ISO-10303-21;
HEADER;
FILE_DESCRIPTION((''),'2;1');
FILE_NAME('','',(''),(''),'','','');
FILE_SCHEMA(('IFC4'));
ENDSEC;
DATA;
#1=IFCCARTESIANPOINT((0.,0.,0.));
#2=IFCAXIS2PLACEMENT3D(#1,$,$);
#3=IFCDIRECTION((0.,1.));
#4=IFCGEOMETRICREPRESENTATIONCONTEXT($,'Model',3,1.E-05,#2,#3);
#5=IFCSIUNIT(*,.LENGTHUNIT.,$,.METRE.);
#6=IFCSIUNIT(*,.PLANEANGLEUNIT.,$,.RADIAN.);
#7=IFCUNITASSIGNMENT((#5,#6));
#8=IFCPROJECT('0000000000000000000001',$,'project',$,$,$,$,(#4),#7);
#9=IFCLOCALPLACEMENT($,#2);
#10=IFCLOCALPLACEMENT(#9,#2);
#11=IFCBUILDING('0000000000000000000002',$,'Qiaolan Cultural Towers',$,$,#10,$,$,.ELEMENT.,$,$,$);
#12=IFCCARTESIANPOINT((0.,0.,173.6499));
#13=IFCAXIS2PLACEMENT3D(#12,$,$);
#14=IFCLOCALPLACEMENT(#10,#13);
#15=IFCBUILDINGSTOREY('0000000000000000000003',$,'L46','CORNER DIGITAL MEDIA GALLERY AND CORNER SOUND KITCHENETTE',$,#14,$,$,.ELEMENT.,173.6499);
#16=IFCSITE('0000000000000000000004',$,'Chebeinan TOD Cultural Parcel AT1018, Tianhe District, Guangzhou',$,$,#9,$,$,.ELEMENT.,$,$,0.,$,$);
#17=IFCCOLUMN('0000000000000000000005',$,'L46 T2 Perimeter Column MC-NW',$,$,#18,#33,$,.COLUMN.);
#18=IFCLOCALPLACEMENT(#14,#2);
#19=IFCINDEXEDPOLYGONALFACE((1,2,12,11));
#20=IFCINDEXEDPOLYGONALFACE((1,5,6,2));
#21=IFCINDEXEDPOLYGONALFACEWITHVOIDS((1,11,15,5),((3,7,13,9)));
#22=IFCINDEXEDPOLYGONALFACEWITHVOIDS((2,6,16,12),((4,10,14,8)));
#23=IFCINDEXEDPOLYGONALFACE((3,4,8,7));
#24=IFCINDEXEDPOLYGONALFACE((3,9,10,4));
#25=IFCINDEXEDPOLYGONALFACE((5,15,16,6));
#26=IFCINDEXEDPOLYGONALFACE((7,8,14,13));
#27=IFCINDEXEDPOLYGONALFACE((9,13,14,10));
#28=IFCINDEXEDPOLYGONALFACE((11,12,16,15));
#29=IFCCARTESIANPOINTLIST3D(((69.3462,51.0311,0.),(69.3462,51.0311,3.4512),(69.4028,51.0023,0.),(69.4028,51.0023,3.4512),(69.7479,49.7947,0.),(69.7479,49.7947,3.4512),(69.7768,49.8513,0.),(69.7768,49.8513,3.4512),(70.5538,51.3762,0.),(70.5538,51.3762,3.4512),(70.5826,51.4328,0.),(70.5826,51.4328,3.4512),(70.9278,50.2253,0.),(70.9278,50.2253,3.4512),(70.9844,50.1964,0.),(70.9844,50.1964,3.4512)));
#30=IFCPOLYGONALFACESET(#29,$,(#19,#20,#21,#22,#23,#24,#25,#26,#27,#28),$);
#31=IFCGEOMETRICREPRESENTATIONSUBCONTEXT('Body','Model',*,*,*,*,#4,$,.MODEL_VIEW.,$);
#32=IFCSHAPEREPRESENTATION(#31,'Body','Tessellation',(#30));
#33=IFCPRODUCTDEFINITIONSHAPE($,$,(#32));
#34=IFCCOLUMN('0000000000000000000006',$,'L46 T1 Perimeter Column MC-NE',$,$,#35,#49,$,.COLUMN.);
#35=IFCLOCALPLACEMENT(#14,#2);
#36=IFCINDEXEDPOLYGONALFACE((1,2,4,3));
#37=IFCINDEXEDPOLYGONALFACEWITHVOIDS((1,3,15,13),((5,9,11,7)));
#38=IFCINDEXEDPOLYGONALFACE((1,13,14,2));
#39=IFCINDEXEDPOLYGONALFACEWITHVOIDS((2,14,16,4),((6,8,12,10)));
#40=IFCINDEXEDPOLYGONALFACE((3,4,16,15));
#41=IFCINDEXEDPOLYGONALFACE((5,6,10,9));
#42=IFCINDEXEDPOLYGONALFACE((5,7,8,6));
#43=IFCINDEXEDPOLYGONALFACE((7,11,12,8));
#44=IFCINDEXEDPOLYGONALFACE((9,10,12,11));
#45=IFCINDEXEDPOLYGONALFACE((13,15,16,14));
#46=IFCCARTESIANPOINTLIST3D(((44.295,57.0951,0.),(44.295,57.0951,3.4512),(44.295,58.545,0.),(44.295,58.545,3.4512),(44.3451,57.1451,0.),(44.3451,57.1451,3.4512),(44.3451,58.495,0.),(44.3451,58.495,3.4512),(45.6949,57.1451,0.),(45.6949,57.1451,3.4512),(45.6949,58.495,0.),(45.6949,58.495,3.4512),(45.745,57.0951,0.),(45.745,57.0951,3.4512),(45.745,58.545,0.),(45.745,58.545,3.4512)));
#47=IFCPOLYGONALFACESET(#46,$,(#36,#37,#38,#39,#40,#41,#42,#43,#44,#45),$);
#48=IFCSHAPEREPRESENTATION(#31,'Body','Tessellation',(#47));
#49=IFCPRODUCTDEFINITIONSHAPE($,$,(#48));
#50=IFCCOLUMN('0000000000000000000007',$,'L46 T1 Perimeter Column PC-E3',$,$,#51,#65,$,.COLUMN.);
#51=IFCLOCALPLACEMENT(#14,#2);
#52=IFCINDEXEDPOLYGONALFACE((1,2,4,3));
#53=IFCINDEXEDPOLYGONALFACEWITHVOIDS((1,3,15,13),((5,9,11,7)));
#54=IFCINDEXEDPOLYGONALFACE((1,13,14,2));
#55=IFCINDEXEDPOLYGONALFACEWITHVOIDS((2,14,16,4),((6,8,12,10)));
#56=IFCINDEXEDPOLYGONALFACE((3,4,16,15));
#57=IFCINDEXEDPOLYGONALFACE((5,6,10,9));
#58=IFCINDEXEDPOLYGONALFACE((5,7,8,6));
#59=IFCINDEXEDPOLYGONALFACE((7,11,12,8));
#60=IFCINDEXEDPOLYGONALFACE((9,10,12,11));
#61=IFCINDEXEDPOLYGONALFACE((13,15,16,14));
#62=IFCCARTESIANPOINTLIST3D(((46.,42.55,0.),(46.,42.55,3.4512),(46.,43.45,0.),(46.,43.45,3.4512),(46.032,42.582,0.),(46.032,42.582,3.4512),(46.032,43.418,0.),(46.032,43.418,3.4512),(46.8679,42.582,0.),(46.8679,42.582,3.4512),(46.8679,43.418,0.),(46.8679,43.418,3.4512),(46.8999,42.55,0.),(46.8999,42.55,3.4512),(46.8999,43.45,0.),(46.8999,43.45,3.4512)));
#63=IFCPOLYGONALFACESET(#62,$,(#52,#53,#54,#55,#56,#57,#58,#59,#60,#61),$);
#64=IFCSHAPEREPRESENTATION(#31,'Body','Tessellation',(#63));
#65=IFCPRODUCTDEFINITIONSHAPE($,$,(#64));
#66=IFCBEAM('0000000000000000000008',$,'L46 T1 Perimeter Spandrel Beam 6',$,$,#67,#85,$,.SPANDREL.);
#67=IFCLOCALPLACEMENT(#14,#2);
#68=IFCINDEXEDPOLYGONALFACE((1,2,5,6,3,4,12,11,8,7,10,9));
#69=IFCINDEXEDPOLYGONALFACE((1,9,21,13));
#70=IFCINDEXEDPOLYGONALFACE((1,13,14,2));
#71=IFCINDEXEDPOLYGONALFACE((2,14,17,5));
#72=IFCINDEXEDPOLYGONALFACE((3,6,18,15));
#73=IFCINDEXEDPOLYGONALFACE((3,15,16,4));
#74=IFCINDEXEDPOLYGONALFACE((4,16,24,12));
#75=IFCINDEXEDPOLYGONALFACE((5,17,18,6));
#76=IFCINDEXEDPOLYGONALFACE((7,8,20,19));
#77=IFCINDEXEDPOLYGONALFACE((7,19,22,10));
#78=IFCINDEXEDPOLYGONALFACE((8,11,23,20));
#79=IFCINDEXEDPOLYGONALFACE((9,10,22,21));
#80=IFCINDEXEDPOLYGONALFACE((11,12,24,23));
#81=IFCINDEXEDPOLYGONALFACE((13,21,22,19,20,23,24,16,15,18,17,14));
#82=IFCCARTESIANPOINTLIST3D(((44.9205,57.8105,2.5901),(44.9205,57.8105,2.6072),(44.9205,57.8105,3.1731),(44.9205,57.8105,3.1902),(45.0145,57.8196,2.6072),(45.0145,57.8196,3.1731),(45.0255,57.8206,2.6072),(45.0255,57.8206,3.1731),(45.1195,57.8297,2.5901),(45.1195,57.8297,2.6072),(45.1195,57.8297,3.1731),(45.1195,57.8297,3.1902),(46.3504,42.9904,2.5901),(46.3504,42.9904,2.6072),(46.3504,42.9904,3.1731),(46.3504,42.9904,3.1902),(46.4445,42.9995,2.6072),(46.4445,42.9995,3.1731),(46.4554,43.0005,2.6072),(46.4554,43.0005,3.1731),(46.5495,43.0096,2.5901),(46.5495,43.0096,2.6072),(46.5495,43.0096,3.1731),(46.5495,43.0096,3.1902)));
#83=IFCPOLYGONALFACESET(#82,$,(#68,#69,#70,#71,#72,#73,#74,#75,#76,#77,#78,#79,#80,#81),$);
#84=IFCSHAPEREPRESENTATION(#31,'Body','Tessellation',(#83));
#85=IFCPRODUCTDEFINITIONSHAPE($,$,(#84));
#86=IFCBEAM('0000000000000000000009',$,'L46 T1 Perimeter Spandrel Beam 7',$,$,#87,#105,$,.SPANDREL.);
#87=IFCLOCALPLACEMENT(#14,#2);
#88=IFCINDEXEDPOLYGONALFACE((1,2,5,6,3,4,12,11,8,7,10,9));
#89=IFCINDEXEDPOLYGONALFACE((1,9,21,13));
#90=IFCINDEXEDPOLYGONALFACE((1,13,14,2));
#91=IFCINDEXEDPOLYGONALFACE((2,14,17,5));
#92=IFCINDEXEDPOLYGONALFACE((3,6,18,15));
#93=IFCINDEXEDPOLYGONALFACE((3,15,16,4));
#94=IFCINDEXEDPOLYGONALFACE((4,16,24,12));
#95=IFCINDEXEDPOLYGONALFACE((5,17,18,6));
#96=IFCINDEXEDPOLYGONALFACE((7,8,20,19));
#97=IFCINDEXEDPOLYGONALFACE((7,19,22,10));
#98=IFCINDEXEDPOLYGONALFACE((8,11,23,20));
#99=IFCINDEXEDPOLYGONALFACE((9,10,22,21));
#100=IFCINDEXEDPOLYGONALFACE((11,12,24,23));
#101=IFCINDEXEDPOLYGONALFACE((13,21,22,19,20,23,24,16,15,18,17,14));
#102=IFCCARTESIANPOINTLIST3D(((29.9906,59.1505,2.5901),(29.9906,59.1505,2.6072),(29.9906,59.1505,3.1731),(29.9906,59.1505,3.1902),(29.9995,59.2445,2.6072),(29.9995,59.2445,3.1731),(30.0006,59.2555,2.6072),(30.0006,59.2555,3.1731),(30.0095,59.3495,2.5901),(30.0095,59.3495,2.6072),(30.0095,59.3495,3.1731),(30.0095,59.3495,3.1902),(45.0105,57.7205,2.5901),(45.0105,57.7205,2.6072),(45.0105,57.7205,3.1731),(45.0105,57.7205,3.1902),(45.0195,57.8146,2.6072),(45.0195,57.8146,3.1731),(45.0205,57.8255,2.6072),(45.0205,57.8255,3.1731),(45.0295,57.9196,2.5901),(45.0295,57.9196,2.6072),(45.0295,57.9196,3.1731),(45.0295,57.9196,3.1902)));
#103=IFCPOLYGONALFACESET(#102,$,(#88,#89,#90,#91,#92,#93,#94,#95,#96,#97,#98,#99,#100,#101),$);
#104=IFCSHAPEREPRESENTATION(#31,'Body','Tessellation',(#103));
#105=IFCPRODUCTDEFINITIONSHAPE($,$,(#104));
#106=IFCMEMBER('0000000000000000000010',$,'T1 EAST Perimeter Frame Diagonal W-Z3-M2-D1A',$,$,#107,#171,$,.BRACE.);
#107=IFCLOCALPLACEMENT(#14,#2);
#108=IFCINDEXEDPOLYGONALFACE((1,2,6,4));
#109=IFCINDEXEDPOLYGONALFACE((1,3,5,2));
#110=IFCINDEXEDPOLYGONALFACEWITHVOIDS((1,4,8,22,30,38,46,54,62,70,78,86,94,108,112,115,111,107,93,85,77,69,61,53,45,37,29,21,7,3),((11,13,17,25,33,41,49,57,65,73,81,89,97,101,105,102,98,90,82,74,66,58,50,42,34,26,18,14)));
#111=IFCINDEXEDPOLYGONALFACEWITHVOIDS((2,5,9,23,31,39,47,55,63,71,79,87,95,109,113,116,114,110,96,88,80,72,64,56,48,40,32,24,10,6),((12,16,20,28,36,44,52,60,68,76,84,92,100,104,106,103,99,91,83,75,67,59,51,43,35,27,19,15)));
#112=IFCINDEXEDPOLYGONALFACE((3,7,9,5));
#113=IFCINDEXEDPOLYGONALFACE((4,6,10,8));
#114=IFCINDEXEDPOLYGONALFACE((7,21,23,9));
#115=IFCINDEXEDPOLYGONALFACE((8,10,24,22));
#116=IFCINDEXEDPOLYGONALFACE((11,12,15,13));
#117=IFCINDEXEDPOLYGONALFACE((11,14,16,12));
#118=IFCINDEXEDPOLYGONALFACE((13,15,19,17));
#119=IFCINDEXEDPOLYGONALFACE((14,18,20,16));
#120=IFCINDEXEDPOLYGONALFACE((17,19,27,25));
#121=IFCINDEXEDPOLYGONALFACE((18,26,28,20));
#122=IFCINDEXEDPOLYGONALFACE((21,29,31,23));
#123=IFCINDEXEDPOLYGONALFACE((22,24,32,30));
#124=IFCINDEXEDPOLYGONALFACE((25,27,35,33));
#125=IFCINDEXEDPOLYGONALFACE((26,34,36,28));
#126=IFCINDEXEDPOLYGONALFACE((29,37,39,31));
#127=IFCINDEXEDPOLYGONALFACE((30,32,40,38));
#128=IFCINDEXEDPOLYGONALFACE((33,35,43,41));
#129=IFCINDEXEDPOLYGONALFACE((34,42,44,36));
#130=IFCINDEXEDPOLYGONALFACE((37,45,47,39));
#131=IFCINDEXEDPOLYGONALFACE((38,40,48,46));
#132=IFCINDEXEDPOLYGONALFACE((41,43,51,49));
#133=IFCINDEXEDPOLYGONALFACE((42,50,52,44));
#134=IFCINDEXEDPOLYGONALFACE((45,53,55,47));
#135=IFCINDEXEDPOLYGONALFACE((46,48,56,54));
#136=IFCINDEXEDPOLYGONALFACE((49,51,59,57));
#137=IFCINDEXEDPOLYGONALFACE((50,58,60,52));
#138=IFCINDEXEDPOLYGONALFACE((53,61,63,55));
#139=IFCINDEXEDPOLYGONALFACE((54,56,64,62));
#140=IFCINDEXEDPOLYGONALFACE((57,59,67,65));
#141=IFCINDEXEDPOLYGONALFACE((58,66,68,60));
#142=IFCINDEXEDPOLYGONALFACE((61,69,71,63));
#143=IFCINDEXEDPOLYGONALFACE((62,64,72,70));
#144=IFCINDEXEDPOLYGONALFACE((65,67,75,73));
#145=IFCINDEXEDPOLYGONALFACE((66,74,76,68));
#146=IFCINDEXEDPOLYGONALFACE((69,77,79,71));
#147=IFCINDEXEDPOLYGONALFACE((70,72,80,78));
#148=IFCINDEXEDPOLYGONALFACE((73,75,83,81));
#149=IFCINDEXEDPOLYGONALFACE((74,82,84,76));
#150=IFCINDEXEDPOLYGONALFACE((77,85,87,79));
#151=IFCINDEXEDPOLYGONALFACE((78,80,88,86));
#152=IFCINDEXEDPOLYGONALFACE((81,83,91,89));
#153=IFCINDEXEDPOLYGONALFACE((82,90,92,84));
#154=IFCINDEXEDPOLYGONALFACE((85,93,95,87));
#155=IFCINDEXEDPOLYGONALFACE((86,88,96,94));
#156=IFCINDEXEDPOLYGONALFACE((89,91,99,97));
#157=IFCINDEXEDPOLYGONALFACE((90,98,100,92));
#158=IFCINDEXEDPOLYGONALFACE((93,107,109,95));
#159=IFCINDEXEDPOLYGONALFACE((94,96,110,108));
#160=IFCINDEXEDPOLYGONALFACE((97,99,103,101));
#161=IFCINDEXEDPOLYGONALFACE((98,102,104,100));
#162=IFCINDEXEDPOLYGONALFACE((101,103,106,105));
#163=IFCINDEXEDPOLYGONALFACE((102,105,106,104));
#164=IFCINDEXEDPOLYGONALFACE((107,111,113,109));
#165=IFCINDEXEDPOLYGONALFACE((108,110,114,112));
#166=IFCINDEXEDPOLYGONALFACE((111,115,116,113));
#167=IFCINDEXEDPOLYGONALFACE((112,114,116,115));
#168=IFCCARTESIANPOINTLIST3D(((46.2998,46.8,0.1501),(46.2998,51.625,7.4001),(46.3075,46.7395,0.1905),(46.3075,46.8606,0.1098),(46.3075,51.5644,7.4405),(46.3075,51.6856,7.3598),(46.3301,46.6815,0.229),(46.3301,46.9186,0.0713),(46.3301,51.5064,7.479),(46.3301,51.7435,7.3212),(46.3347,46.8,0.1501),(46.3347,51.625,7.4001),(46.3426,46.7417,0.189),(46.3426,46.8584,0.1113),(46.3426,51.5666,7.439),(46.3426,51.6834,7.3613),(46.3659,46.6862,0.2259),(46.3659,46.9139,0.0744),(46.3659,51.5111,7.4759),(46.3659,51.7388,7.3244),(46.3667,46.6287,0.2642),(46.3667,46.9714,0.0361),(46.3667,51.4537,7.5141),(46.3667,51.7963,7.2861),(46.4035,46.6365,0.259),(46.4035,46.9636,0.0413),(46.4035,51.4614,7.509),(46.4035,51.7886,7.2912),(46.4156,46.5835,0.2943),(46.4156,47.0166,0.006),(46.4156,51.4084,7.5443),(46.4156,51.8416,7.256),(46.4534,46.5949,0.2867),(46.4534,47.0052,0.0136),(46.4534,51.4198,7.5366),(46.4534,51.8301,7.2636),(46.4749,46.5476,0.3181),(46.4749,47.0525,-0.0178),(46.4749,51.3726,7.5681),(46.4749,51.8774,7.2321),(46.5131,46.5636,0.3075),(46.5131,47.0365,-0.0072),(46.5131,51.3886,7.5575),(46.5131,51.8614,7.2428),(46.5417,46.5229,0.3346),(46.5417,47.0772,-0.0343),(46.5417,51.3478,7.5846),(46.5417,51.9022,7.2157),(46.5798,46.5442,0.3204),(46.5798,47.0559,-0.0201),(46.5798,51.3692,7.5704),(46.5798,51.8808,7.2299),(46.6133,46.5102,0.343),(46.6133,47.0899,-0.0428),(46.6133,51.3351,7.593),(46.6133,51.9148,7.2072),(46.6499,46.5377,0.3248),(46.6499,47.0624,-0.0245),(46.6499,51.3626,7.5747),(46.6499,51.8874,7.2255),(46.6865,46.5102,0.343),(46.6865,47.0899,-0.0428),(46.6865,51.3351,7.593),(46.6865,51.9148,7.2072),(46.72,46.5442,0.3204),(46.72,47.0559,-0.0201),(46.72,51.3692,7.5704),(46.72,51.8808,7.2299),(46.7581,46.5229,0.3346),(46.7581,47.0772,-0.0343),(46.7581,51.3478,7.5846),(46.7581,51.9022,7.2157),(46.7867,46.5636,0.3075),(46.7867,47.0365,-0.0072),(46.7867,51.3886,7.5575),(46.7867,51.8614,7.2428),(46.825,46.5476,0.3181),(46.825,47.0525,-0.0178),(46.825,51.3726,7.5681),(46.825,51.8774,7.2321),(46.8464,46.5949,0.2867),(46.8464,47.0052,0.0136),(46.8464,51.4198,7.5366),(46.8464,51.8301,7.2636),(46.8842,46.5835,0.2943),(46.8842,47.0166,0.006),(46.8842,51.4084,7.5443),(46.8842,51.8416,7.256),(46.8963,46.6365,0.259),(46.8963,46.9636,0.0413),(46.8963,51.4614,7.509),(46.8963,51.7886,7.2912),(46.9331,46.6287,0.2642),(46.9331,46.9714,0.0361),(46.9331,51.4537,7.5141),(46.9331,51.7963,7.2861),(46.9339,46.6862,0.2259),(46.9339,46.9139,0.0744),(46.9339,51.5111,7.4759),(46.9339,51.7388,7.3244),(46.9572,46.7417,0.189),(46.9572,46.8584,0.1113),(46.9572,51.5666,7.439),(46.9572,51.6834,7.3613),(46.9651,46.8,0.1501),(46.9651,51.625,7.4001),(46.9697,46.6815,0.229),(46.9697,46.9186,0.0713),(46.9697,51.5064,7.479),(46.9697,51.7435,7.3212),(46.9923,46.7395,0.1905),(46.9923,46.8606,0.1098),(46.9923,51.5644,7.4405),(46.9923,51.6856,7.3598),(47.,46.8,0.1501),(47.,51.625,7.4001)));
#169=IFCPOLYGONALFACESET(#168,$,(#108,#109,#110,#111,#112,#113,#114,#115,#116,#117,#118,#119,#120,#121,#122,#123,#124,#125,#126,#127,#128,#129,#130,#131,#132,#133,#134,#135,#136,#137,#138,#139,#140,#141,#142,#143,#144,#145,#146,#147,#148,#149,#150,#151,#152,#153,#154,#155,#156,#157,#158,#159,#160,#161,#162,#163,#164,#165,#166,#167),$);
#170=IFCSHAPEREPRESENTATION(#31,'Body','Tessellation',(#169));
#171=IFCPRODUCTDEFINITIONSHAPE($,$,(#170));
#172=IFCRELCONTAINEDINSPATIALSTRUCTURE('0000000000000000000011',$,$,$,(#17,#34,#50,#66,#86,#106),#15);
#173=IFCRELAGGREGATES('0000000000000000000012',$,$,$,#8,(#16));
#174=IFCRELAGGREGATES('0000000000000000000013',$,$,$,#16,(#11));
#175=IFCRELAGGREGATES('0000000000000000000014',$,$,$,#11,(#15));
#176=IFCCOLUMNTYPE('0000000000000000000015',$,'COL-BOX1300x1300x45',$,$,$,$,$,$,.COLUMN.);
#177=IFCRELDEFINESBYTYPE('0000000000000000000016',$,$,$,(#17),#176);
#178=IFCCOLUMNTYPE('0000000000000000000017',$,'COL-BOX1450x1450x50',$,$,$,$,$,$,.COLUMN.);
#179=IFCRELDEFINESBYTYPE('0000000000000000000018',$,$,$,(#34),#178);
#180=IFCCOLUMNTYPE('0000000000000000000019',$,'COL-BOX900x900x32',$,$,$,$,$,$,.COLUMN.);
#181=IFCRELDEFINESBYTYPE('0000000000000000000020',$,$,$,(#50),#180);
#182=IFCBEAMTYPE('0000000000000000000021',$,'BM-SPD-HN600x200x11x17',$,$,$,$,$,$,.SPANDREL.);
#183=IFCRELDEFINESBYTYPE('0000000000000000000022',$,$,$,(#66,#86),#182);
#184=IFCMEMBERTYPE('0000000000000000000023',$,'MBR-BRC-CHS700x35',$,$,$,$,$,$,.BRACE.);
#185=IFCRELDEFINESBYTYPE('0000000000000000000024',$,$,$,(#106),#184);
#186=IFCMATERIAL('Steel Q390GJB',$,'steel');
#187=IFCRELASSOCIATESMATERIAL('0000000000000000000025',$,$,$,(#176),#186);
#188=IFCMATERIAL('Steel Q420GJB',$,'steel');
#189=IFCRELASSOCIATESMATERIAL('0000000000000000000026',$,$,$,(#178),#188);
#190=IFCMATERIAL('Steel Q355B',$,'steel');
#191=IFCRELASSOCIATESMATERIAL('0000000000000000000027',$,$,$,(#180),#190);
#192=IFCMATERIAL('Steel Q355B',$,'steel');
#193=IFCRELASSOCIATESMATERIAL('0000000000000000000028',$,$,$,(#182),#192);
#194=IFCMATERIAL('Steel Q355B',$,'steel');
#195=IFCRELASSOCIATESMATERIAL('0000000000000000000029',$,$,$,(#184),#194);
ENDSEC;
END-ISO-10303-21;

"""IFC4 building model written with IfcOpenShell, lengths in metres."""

from ifc_helpers import new_model, si_unit, direction, frame, origin, origin_2d, place, context, subcontext, project, spatial, hollow_rectangle, hollow_circle, i_section, extrude, material, material_profile, profile_set, type_object, element, save


model = new_model("IFC4")

# Units and contexts
model_context = context("Model", 3, precision=1e-05, world=origin(), true_north=direction((0.0, 1.0)))
body_context = subcontext(model_context, "Body", "Model", "MODEL_VIEW")
ifc_project = project(units=[si_unit("LENGTHUNIT", "METRE"), si_unit("PLANEANGLEUNIT", "RADIAN")], contexts=[model_context])

# Site, building, storey
site_placement = place(None, origin())
site = spatial("IfcSite", under=ifc_project, at=site_placement, Name="Chebeinan TOD Cultural Parcel AT1018, Tianhe District, Guangzhou", CompositionType="ELEMENT", RefElevation=0.0)
building_placement = place(site_placement, origin())
building = spatial("IfcBuilding", under=site, at=building_placement, Name="Qiaolan Cultural Towers", CompositionType="ELEMENT")
storey_placement = place(building_placement, frame((0.0, 0.0, 173.6499)))
storey = spatial("IfcBuildingStorey", under=building, at=storey_placement, Name="L46", Description="CORNER DIGITAL MEDIA GALLERY AND CORNER SOUND KITCHENETTE", CompositionType="ELEMENT", Elevation=173.6499)

# Columns
ifc_material_1 = material(Name="Steel Q390GJB", Category="steel")
ifc_material_profile_1 = material_profile(ifc_material_1, hollow_rectangle(XDim=1.3, YDim=1.3, WallThickness=0.0449, at=origin_2d()), Name="BOX1300x1300x45")
ifc_profile_set_1 = profile_set([ifc_material_profile_1], Name="Steel Q390GJB")
column_type_1 = type_object("IfcColumnType", Name="COL-BOX1300x1300x45", PredefinedType="COLUMN", material=ifc_profile_set_1)
column_1_placement = place(storey_placement, frame((70.1653, 50.6138, 0.0), z_axis=(0.0, 0.0, 1.0), x_axis=(0.951057, 0.309017, 0.0)))
element("IfcColumn", 1, at=column_1_placement, inside=storey, type_object=column_type_1, Name="L46 T2 Perimeter Column MC-NW", PredefinedType="COLUMN", context=body_context, shape_type="SweptSolid", body=[
    extrude(hollow_rectangle(XDim=1.3, YDim=1.3, WallThickness=0.0449, at=origin_2d()), origin(), (0.0, 0.0, 1.0), 3.4512),
])
ifc_material_2 = material(Name="Steel Q420GJB", Category="steel")
ifc_material_profile_2 = material_profile(ifc_material_2, hollow_rectangle(XDim=1.45, YDim=1.45, WallThickness=0.05, at=origin_2d()), Name="BOX1450x1450x50")
ifc_profile_set_2 = profile_set([ifc_material_profile_2], Name="Steel Q420GJB")
column_type_2 = type_object("IfcColumnType", Name="COL-BOX1450x1450x50", PredefinedType="COLUMN", material=ifc_profile_set_2)
column_2_placement = place(storey_placement, frame((45.02, 57.8201, 0.0), z_axis=(0.0, 0.0, 1.0), x_axis=(1.0, 0.0, 0.0)))
element("IfcColumn", 2, at=column_2_placement, inside=storey, type_object=column_type_2, Name="L46 T1 Perimeter Column MC-NE", PredefinedType="COLUMN", context=body_context, shape_type="SweptSolid", body=[
    extrude(hollow_rectangle(XDim=1.45, YDim=1.45, WallThickness=0.05, at=origin_2d()), origin(), (0.0, 0.0, 1.0), 3.4512),
])
ifc_material_3 = material(Name="Steel Q355B", Category="steel")
ifc_material_profile_3 = material_profile(ifc_material_3, hollow_rectangle(XDim=0.8999, YDim=0.8999, WallThickness=0.032, at=origin_2d()), Name="BOX900x900x32")
ifc_profile_set_3 = profile_set([ifc_material_profile_3], Name="Steel Q355B")
column_type_3 = type_object("IfcColumnType", Name="COL-BOX900x900x32", PredefinedType="COLUMN", material=ifc_profile_set_3)
column_3_placement = place(storey_placement, frame((46.45, 43.0, 0.0), z_axis=(0.0, 0.0, 1.0), x_axis=(1.0, 0.0, 0.0)))
element("IfcColumn", 3, at=column_3_placement, inside=storey, type_object=column_type_3, Name="L46 T1 Perimeter Column PC-E3", PredefinedType="COLUMN", context=body_context, shape_type="SweptSolid", body=[
    extrude(hollow_rectangle(XDim=0.8999, YDim=0.8999, WallThickness=0.032, at=origin_2d()), origin(), (0.0, 0.0, 1.0), 3.4512),
])

# Beams
ifc_material_4 = material(Name="Steel Q355B", Category="steel")
ifc_material_profile_4 = material_profile(ifc_material_4, i_section(OverallWidth=0.2, OverallDepth=0.6001, WebThickness=0.011, FlangeThickness=0.0171, at=origin_2d()), Name="HN600x200x11x17")
ifc_profile_set_4 = profile_set([ifc_material_profile_4], Name="Steel Q355B")
beam_type = type_object("IfcBeamType", Name="BM-SPD-HN600x200x11x17", PredefinedType="SPANDREL", material=ifc_profile_set_4)
beam_1_placement = place(storey_placement, frame((46.45, 43.0, 2.8901), z_axis=(-0.09604, 0.995377, 0.0), x_axis=(-0.995377, -0.09604, 0.0)))
element("IfcBeam", 4, at=beam_1_placement, inside=storey, type_object=beam_type, Name="L46 T1 Perimeter Spandrel Beam 6", PredefinedType="SPANDREL", context=body_context, shape_type="SweptSolid", body=[
    extrude(i_section(OverallWidth=0.2, OverallDepth=0.6001, WebThickness=0.011, FlangeThickness=0.0171, at=origin_2d()), origin(), (0.0, 0.0, 1.0), 14.8889),
])
beam_2_placement = place(storey_placement, frame((45.02, 57.8201, 2.8901), z_axis=(-0.995499, 0.094773, 0.0), x_axis=(-0.094773, -0.995499, 0.0)))
element("IfcBeam", 5, at=beam_2_placement, inside=storey, type_object=beam_type, Name="L46 T1 Perimeter Spandrel Beam 7", PredefinedType="SPANDREL", context=body_context, shape_type="SweptSolid", body=[
    extrude(i_section(OverallWidth=0.2, OverallDepth=0.6001, WebThickness=0.011, FlangeThickness=0.0171, at=origin_2d()), origin(), (0.0, 0.0, 1.0), 15.0879),
])

# Member
ifc_material_5 = material(Name="Steel Q355B", Category="steel")
ifc_material_profile_5 = material_profile(ifc_material_5, hollow_circle(Radius=0.3501, WallThickness=0.0349, at=origin_2d()), Name="CHS700x35")
ifc_profile_set_5 = profile_set([ifc_material_profile_5], Name="Steel Q355B")
member_type = type_object("IfcMemberType", Name="MBR-BRC-CHS700x35", PredefinedType="BRACE", material=ifc_profile_set_5)
for number, where, z_axis, x_axis, name in (
    (6, (46.6499, 46.8, 0.1501), (0.0, 0.554034, 0.832494), (-1.0, 0.0, 0.0), "T1 EAST Perimeter Frame Diagonal W-Z3-M2-D1A"),
):
    element("IfcMember", number, at=place(storey_placement, frame(where, z_axis=z_axis, x_axis=x_axis)), inside=storey, type_object=member_type, Name=name, PredefinedType="BRACE", context=body_context, shape_type="SweptSolid", body=[
        extrude(hollow_circle(Radius=0.3501, WallThickness=0.0349, at=origin_2d()), origin(), (0.0, 0.0, 1.0), 8.7087),
    ])

save(model, "model.ifc")
